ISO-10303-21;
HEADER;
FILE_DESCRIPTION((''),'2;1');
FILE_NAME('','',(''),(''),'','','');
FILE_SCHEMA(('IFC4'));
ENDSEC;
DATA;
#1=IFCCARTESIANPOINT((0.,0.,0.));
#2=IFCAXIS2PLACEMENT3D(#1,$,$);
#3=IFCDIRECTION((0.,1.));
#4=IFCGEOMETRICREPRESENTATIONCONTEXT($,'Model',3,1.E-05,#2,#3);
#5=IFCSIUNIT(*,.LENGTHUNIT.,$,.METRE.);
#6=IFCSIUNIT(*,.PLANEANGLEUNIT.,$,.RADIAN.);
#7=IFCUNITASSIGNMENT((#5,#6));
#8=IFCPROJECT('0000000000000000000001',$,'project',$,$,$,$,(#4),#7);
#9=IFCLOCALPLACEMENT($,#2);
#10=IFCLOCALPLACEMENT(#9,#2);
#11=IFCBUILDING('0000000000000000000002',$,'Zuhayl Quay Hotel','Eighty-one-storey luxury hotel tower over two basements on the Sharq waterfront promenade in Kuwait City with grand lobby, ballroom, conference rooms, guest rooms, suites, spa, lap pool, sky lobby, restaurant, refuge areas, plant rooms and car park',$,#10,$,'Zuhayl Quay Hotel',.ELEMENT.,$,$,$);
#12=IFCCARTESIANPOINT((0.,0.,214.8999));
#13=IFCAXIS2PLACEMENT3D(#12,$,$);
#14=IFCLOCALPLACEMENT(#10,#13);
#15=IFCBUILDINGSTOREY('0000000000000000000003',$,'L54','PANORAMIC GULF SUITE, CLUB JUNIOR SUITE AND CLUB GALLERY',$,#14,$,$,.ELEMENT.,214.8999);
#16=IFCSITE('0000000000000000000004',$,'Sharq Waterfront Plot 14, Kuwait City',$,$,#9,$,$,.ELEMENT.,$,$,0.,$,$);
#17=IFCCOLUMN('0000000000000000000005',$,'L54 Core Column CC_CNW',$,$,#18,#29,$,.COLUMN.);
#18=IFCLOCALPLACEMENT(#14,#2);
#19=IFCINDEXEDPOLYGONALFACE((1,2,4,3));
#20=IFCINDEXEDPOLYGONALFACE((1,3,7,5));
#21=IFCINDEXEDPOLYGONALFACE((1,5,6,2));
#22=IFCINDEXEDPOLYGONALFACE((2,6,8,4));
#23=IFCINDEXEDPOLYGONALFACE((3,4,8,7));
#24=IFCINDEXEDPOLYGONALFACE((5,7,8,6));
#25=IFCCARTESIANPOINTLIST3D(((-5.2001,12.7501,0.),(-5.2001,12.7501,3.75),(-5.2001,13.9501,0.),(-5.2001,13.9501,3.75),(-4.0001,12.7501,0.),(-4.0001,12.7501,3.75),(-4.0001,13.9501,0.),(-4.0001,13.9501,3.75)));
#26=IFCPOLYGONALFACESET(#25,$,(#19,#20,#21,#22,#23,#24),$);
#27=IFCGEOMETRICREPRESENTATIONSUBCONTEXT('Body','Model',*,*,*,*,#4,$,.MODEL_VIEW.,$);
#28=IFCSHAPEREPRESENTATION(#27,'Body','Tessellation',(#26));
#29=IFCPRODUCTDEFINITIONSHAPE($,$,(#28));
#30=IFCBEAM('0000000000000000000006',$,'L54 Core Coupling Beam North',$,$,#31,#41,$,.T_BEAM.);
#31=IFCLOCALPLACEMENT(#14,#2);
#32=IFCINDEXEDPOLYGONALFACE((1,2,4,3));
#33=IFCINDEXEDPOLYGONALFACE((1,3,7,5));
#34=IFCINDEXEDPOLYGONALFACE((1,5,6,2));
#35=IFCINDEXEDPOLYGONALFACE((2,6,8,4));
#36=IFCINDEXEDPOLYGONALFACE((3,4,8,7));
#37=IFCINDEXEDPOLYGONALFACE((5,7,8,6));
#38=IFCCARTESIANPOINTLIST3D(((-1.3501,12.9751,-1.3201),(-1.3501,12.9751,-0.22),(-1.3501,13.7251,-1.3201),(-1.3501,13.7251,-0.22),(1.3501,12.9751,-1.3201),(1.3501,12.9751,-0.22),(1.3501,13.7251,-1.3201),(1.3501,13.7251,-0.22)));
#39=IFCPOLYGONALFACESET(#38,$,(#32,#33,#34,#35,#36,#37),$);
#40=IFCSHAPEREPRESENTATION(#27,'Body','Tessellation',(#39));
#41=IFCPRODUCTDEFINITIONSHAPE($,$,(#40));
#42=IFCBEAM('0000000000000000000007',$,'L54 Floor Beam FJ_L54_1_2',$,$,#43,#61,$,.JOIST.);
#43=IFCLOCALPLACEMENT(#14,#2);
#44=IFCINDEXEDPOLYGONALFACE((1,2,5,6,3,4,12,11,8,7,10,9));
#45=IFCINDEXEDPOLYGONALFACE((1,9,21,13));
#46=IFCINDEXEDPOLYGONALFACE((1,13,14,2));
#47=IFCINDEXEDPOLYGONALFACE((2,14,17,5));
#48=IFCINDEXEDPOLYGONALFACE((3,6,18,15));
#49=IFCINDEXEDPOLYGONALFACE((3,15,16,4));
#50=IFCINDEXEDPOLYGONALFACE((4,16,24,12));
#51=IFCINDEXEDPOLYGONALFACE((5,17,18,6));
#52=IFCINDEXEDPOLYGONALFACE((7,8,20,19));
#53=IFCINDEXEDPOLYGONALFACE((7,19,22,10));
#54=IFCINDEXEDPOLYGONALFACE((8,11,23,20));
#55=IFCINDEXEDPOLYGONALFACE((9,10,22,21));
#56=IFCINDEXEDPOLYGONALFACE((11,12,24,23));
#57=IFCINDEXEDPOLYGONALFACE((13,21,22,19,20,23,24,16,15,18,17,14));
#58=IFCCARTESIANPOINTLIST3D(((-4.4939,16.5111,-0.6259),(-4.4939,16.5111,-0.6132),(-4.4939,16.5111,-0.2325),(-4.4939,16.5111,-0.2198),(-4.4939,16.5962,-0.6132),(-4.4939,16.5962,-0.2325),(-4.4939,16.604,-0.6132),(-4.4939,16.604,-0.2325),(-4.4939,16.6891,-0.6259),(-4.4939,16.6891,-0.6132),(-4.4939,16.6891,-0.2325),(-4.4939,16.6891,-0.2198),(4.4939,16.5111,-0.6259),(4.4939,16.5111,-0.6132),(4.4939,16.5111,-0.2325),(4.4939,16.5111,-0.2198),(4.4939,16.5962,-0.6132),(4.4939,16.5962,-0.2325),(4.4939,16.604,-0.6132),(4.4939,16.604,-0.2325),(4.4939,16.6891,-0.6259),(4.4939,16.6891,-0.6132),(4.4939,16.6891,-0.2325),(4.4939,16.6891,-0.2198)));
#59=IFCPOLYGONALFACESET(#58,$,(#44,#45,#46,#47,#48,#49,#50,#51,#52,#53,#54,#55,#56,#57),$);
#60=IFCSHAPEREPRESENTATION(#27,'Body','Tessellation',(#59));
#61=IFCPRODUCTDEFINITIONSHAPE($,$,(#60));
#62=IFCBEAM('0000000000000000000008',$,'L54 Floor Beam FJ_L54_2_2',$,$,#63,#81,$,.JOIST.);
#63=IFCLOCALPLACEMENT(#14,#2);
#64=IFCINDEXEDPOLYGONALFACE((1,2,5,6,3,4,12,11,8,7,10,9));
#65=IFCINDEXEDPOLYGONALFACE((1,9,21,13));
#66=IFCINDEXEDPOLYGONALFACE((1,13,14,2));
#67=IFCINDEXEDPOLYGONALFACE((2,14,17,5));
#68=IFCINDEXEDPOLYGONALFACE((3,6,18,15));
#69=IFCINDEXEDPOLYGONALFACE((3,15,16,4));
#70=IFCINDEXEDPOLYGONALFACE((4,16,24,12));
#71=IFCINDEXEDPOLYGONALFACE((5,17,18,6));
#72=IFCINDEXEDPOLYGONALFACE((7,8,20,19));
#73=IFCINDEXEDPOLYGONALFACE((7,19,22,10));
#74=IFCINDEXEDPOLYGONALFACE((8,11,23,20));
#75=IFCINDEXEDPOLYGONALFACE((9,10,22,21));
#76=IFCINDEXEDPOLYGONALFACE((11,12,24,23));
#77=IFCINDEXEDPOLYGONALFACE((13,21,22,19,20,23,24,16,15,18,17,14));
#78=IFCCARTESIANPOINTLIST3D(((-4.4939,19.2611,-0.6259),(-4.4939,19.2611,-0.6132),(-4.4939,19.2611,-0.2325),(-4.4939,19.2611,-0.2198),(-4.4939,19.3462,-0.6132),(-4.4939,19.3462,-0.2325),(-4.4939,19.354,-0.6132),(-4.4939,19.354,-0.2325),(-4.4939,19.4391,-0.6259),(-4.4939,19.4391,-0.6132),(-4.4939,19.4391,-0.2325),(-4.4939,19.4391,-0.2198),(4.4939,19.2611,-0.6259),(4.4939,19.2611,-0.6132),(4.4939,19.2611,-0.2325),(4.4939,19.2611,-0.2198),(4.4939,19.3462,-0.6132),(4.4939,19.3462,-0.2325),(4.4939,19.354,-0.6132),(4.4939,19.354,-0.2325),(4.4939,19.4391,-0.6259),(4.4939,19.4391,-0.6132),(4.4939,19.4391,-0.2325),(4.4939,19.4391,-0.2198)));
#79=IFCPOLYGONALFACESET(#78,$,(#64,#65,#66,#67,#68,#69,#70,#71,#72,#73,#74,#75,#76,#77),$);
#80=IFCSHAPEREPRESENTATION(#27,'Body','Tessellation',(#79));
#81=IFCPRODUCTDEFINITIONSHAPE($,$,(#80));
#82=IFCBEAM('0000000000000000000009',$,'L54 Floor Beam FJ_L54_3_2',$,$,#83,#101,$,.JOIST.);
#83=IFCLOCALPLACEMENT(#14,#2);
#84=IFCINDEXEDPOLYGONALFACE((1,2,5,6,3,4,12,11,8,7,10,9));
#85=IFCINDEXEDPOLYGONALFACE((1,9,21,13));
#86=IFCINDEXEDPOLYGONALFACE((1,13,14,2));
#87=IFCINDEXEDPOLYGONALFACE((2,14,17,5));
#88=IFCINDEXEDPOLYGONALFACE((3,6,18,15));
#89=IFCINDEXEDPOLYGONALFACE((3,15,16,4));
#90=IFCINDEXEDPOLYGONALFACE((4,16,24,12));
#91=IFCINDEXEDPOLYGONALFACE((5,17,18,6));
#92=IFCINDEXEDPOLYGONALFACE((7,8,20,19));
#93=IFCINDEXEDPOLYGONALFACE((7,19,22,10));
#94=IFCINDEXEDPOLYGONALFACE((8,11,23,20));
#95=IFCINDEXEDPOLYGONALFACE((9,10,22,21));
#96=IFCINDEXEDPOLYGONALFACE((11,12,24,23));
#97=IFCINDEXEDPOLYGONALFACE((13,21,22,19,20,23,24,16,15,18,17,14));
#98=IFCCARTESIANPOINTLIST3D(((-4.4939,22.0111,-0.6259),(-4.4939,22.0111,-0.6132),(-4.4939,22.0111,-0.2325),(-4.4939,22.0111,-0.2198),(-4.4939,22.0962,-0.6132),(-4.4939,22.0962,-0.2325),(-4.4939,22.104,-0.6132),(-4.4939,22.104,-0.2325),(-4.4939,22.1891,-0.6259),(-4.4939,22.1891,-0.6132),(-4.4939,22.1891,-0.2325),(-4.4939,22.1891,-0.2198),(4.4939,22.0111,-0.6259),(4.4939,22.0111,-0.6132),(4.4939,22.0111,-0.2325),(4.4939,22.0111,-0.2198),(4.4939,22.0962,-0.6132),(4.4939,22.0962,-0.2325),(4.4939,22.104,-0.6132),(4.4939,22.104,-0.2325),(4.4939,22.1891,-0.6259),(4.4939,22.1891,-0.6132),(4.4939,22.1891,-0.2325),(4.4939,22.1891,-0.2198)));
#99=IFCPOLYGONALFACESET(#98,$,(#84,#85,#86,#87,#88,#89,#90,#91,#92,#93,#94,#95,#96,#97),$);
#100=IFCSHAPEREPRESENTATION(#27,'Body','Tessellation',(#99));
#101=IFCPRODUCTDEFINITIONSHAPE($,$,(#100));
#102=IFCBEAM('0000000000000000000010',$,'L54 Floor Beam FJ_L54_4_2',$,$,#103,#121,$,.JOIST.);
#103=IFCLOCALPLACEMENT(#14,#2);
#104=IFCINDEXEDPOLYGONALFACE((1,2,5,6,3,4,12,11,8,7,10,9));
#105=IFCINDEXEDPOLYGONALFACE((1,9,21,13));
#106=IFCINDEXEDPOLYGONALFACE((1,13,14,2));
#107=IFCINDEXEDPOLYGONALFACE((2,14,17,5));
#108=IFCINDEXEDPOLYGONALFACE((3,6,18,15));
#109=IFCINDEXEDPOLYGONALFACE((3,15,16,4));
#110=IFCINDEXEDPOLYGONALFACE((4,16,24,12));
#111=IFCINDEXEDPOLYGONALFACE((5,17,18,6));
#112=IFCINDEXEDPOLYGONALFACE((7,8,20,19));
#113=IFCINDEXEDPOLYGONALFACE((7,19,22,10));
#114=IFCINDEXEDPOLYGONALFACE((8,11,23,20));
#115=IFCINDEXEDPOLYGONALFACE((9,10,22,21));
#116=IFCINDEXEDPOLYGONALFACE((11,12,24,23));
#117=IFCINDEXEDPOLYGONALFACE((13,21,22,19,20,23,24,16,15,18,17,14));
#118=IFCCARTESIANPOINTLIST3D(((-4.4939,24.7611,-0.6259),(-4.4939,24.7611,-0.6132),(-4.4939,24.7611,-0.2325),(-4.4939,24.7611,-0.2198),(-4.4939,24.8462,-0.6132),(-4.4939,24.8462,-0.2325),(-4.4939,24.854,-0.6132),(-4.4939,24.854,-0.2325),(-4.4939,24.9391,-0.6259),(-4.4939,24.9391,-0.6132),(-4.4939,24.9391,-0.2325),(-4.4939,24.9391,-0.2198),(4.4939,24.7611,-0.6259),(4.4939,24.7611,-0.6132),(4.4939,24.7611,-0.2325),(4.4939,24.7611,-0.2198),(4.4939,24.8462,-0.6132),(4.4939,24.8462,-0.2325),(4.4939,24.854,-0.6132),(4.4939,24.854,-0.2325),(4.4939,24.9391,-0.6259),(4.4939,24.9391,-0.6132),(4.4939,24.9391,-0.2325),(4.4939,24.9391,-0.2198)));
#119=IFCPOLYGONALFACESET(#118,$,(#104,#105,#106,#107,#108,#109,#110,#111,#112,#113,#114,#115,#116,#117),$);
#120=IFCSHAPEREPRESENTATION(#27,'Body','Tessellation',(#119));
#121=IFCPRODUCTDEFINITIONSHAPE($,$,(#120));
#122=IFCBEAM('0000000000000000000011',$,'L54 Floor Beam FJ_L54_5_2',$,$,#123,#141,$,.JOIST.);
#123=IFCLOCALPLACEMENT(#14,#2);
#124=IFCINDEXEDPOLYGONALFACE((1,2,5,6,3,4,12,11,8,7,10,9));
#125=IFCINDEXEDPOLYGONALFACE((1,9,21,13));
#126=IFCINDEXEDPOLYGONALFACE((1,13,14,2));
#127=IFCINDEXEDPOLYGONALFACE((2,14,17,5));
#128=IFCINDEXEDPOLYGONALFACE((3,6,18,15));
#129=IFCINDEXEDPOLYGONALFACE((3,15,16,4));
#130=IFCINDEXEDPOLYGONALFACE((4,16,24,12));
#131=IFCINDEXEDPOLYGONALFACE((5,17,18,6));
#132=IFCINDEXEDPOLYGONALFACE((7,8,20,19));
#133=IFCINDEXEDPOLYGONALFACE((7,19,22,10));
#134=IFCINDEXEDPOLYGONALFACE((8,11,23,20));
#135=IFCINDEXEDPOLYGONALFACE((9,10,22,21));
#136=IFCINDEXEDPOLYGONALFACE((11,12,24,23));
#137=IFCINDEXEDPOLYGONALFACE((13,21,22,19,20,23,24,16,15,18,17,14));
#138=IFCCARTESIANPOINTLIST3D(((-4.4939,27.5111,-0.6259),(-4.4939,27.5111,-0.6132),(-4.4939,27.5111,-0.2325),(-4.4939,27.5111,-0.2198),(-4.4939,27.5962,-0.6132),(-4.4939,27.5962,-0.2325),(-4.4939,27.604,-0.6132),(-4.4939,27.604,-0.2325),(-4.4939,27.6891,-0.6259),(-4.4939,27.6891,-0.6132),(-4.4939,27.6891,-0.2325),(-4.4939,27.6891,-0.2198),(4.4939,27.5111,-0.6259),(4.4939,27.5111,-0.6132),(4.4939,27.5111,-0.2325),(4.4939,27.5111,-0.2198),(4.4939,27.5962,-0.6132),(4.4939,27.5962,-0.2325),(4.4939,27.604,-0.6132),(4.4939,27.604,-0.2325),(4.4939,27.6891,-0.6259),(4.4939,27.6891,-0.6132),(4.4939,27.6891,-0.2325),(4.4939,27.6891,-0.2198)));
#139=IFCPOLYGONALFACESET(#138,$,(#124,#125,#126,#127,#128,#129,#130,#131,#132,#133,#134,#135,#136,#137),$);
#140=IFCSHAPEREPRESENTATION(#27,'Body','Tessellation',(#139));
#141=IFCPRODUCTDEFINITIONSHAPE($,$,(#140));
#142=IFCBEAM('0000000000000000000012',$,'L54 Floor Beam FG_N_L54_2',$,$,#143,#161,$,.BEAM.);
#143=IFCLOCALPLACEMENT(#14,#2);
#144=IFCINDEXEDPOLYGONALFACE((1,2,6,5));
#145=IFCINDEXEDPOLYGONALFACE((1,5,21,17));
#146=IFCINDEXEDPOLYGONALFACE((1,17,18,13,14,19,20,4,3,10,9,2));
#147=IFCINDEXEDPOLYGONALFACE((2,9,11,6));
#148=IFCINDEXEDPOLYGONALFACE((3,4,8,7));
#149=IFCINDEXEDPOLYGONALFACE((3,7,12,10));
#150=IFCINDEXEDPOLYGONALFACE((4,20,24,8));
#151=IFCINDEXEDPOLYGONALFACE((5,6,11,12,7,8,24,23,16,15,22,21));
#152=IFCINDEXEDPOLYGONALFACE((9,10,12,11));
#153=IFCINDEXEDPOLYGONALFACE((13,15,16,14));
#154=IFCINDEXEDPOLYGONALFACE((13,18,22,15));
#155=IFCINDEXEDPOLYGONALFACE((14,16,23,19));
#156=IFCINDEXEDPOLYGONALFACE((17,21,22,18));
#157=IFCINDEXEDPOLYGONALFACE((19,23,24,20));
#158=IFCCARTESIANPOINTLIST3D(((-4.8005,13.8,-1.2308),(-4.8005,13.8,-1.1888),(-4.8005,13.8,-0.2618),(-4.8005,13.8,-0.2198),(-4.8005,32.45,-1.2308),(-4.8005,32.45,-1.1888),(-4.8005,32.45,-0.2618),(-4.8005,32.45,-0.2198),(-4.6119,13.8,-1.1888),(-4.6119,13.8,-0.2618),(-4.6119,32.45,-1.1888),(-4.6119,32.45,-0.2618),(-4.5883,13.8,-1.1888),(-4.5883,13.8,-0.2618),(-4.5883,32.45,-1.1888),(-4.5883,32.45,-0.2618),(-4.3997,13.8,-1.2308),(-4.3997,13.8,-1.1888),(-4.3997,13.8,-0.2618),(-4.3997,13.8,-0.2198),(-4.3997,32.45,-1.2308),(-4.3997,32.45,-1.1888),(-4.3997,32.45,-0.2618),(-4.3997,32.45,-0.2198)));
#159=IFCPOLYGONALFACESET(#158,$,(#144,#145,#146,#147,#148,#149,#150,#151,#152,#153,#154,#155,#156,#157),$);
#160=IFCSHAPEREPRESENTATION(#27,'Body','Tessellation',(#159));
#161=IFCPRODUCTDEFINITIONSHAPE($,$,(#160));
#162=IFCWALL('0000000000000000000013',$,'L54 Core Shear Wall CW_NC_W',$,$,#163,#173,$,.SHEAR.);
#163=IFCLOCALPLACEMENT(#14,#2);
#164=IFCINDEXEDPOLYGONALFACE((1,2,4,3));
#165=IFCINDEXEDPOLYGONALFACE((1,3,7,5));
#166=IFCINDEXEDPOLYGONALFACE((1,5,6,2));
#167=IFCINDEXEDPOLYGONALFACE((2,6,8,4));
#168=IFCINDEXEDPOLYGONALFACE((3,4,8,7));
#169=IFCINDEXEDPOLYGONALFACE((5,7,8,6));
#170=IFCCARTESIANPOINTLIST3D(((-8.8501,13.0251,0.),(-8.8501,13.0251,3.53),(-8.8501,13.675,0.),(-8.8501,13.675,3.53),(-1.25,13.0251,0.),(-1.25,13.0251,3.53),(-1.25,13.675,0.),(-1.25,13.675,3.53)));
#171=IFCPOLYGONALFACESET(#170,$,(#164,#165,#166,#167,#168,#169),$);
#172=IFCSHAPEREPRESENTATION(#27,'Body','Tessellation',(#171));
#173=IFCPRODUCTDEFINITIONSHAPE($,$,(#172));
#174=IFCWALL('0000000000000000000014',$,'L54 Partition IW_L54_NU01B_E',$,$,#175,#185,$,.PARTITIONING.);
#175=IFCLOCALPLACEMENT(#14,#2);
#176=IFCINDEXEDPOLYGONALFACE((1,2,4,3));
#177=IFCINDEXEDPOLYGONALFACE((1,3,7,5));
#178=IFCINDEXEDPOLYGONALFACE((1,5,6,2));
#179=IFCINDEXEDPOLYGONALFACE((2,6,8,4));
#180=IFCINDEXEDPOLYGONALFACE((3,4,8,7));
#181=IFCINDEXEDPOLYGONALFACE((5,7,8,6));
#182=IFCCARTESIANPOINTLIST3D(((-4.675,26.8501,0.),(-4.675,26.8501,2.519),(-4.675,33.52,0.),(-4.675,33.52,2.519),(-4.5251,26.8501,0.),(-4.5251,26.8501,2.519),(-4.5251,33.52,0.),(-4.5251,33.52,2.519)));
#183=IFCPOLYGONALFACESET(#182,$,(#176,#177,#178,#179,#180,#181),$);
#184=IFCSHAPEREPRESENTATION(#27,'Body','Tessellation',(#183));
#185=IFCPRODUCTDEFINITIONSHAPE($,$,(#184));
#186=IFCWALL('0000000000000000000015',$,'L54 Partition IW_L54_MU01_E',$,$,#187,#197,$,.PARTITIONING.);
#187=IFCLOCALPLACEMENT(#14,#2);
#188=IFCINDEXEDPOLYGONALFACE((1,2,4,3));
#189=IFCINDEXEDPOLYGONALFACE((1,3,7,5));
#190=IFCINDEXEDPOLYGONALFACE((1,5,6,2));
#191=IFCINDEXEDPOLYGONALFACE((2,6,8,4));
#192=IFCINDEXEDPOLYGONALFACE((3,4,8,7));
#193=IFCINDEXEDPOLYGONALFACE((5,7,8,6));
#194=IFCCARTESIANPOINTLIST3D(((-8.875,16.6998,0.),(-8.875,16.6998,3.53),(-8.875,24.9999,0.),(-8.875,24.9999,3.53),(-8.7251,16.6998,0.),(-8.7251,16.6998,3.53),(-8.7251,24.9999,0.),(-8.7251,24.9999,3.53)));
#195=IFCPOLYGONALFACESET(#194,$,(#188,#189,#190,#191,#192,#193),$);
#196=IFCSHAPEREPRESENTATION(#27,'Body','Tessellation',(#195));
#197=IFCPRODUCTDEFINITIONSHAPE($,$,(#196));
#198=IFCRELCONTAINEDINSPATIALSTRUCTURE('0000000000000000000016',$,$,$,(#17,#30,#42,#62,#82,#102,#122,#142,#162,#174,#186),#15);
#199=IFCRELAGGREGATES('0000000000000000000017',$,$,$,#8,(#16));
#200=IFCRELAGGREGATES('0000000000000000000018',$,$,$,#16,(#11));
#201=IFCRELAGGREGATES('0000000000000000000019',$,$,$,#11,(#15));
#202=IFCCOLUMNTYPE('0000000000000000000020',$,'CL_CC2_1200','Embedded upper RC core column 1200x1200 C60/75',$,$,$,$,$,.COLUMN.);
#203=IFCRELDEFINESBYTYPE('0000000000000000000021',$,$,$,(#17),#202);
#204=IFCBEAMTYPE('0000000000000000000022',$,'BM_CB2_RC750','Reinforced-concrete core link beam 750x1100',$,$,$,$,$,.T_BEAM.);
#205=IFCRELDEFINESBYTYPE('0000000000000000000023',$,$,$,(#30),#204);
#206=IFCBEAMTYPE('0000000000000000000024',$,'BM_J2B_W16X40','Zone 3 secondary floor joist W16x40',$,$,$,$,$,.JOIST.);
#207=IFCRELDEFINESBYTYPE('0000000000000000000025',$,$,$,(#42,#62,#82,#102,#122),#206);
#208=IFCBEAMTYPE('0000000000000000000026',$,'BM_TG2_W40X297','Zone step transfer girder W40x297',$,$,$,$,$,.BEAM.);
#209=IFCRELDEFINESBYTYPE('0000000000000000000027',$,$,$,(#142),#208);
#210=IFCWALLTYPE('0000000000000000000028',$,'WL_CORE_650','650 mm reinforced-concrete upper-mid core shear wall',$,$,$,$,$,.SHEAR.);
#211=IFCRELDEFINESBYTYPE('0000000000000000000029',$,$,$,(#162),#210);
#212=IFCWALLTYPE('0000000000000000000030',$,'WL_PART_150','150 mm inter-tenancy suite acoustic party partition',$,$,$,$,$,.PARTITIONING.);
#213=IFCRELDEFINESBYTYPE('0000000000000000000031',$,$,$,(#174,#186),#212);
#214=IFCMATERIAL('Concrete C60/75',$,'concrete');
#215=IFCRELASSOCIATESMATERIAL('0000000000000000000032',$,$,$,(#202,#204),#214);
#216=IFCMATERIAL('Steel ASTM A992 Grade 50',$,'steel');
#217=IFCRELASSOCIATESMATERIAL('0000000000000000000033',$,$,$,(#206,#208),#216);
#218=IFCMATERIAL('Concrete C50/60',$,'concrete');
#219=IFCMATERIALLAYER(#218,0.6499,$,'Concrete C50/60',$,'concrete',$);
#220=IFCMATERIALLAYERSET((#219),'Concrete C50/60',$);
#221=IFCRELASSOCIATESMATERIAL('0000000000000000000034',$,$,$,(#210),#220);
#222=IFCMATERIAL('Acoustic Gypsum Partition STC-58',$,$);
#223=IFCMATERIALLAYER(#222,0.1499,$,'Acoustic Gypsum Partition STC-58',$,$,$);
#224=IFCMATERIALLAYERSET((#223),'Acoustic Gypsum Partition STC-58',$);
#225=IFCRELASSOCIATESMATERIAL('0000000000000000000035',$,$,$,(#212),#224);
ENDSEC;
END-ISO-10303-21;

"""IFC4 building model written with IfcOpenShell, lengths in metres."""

from ifc_helpers import new_model, si_unit, direction, frame, frame_2d, origin, origin_2d, place, context, subcontext, project, spatial, rectangle, i_section, extrude, material, layer, layer_set, material_profile, profile_set, type_object, element, save


model = new_model("IFC4")

# Units and contexts
model_context = context("Model", 3, precision=1e-05, world=origin(), true_north=direction((0.0, 1.0)))
body_context = subcontext(model_context, "Body", "Model", "MODEL_VIEW")
ifc_project = project(units=[si_unit("LENGTHUNIT", "METRE"), si_unit("PLANEANGLEUNIT", "RADIAN")], contexts=[model_context])

# Site, building, storey
site_placement = place(None, origin())
site = spatial("IfcSite", under=ifc_project, at=site_placement, Name="Sharq Waterfront Plot 14, Kuwait City", CompositionType="ELEMENT", RefElevation=0.0)
building_placement = place(site_placement, origin())
building = spatial("IfcBuilding", under=site, at=building_placement, Name="Zuhayl Quay Hotel", Description="Eighty-one-storey luxury hotel tower over two basements on the Sharq waterfront promenade in Kuwait City with grand lobby, ballroom, conference rooms, guest rooms, suites, spa, lap pool, sky lobby, restaurant, refuge areas, plant rooms and car park", LongName="Zuhayl Quay Hotel", CompositionType="ELEMENT")
storey_placement = place(building_placement, frame((0.0, 0.0, 214.8999)))
storey = spatial("IfcBuildingStorey", under=building, at=storey_placement, Name="L54", Description="PANORAMIC GULF SUITE, CLUB JUNIOR SUITE AND CLUB GALLERY", CompositionType="ELEMENT", Elevation=214.8999)

# Column
ifc_material_1 = material(Name="Concrete C60/75", Category="concrete")
ifc_material_profile_1 = material_profile(ifc_material_1, rectangle(XDim=1.2, YDim=1.2, at=origin_2d()), Name="RC1200X1200")
ifc_profile_set_1 = profile_set([ifc_material_profile_1], Name="Concrete C60/75")
column_type = type_object("IfcColumnType", Name="CL_CC2_1200", Description="Embedded upper RC core column 1200x1200 C60/75", PredefinedType="COLUMN", material=ifc_profile_set_1)
column_placement = place(storey_placement, frame((-4.6001, 13.3501, 0.0), z_axis=(0.0, 0.0, 1.0), x_axis=(1.0, 0.0, 0.0)))
element("IfcColumn", 1, at=column_placement, inside=storey, type_object=column_type, Name="L54 Core Column CC_CNW", PredefinedType="COLUMN", context=body_context, shape_type="SweptSolid", body=[
    extrude(rectangle(XDim=1.2, YDim=1.2, at=origin_2d()), origin(), (0.0, 0.0, 1.0), 3.75),
])

# Beams
ifc_material_profile_2 = material_profile(ifc_material_1, rectangle(XDim=0.75, YDim=1.1001, at=origin_2d()), Name="RC750X1100")
ifc_profile_set_2 = profile_set([ifc_material_profile_2], Name="Concrete C60/75")
beam_type_1 = type_object("IfcBeamType", Name="BM_CB2_RC750", Description="Reinforced-concrete core link beam 750x1100", PredefinedType="T_BEAM", material=ifc_profile_set_2)
beam_1_placement = place(storey_placement, frame((-1.3501, 13.3501, -0.77), z_axis=(1.0, 0.0, 0.0), x_axis=(0.0, 1.0, 0.0)))
element("IfcBeam", 2, at=beam_1_placement, inside=storey, type_object=beam_type_1, Name="L54 Core Coupling Beam North", PredefinedType="T_BEAM", context=body_context, shape_type="SweptSolid", body=[
    extrude(rectangle(XDim=0.75, YDim=1.1001, at=origin_2d()), origin(), (0.0, 0.0, 1.0), 2.7002),
])
ifc_material_2 = material(Name="Steel ASTM A992 Grade 50", Category="steel")
ifc_material_profile_3 = material_profile(ifc_material_2, i_section(OverallWidth=0.178, OverallDepth=0.406, WebThickness=0.0078, FlangeThickness=0.0127, at=origin_2d()), Name="W16X40")
ifc_profile_set_3 = profile_set([ifc_material_profile_3], Name="Steel ASTM A992 Grade 50")
beam_type_2 = type_object("IfcBeamType", Name="BM_J2B_W16X40", Description="Zone 3 secondary floor joist W16x40", PredefinedType="JOIST", material=ifc_profile_set_3)
for number, where, z_axis, x_axis, name in (
    (3, (-4.4939, 16.6001, -0.4229), (1.0, 0.0, 0.0), (0.0, 1.0, 0.0), "L54 Floor Beam FJ_L54_1_2"),
    (4, (-4.4939, 19.3501, -0.4229), (1.0, 0.0, 0.0), (0.0, 1.0, 0.0), "L54 Floor Beam FJ_L54_2_2"),
    (5, (-4.4939, 22.1001, -0.4229), (1.0, 0.0, 0.0), (0.0, 1.0, 0.0), "L54 Floor Beam FJ_L54_3_2"),
    (6, (-4.4939, 24.8501, -0.4229), (1.0, 0.0, 0.0), (0.0, 1.0, 0.0), "L54 Floor Beam FJ_L54_4_2"),
    (7, (-4.4939, 27.6001, -0.4229), (1.0, 0.0, 0.0), (0.0, 1.0, 0.0), "L54 Floor Beam FJ_L54_5_2"),
):
    element("IfcBeam", number, at=place(storey_placement, frame(where, z_axis=z_axis, x_axis=x_axis)), inside=storey, type_object=beam_type_2, Name=name, PredefinedType="JOIST", context=body_context, shape_type="SweptSolid", body=[
        extrude(i_section(OverallWidth=0.178, OverallDepth=0.406, WebThickness=0.0078, FlangeThickness=0.0127, at=origin_2d()), origin(), (0.0, 0.0, 1.0), 8.9878),
    ])
ifc_material_profile_4 = material_profile(ifc_material_2, i_section(OverallWidth=0.4009, OverallDepth=1.011, WebThickness=0.0237, FlangeThickness=0.042, at=origin_2d()), Name="W40X297")
ifc_profile_set_4 = profile_set([ifc_material_profile_4], Name="Steel ASTM A992 Grade 50")
beam_type_3 = type_object("IfcBeamType", Name="BM_TG2_W40X297", Description="Zone step transfer girder W40x297", PredefinedType="BEAM", material=ifc_profile_set_4)
beam_2_placement = place(storey_placement, frame((-4.6001, 13.8, -0.7253), z_axis=(0.0, 1.0, 0.0), x_axis=(-1.0, 0.0, 0.0)))
element("IfcBeam", 8, at=beam_2_placement, inside=storey, type_object=beam_type_3, Name="L54 Floor Beam FG_N_L54_2", PredefinedType="BEAM", context=body_context, shape_type="SweptSolid", body=[
    extrude(i_section(OverallWidth=0.4009, OverallDepth=1.011, WebThickness=0.0237, FlangeThickness=0.042, at=origin_2d()), origin(), (0.0, 0.0, 1.0), 18.6499),
])

# Walls
ifc_material_3 = material(Name="Concrete C50/60", Category="concrete")
ifc_layer_1 = layer(ifc_material_3, 0.6499, Name="Concrete C50/60", Category="concrete")
ifc_layer_set_1 = layer_set([ifc_layer_1], Name="Concrete C50/60")
wall_type_1 = type_object("IfcWallType", Name="WL_CORE_650", Description="650 mm reinforced-concrete upper-mid core shear wall", PredefinedType="SHEAR", material=ifc_layer_set_1)
wall_1_placement = place(storey_placement, frame((-8.8501, 13.3501, 0.0), z_axis=(0.0, 0.0, 1.0), x_axis=(1.0, 0.0, 0.0)))
element("IfcWall", 9, at=wall_1_placement, inside=storey, type_object=wall_type_1, Name="L54 Core Shear Wall CW_NC_W", PredefinedType="SHEAR", context=body_context, shape_type="SweptSolid", body=[
    extrude(rectangle(XDim=7.6001, YDim=0.6499, at=frame_2d((3.8, 0.0))), origin(), (0.0, 0.0, 1.0), 3.53),
])
ifc_material_4 = material(Name="Acoustic Gypsum Partition STC-58")
ifc_layer_2 = layer(ifc_material_4, 0.1499, Name="Acoustic Gypsum Partition STC-58")
ifc_layer_set_2 = layer_set([ifc_layer_2], Name="Acoustic Gypsum Partition STC-58")
wall_type_2 = type_object("IfcWallType", Name="WL_PART_150", Description="150 mm inter-tenancy suite acoustic party partition", PredefinedType="PARTITIONING", material=ifc_layer_set_2)
wall_2_placement = place(storey_placement, frame((-4.6001, 26.8501, 0.0), z_axis=(0.0, 0.0, 1.0), x_axis=(0.0, 1.0, 0.0)))
element("IfcWall", 10, at=wall_2_placement, inside=storey, type_object=wall_type_2, Name="L54 Partition IW_L54_NU01B_E", PredefinedType="PARTITIONING", context=body_context, shape_type="SweptSolid", body=[
    extrude(rectangle(XDim=6.6699, YDim=0.1499, at=frame_2d((3.335, 0.0))), origin(), (0.0, 0.0, 1.0), 2.519),
])
wall_3_placement = place(storey_placement, frame((-8.8, 16.7, 0.0), z_axis=(0.0, 0.0, 1.0), x_axis=(0.0, 1.0, 0.0)))
element("IfcWall", 11, at=wall_3_placement, inside=storey, type_object=wall_type_2, Name="L54 Partition IW_L54_MU01_E", PredefinedType="PARTITIONING", context=body_context, shape_type="SweptSolid", body=[
    extrude(rectangle(XDim=8.3, YDim=0.1499, at=frame_2d((4.1499, 0.0))), origin(), (0.0, 0.0, 1.0), 3.53),
])

save(model, "model.ifc")
